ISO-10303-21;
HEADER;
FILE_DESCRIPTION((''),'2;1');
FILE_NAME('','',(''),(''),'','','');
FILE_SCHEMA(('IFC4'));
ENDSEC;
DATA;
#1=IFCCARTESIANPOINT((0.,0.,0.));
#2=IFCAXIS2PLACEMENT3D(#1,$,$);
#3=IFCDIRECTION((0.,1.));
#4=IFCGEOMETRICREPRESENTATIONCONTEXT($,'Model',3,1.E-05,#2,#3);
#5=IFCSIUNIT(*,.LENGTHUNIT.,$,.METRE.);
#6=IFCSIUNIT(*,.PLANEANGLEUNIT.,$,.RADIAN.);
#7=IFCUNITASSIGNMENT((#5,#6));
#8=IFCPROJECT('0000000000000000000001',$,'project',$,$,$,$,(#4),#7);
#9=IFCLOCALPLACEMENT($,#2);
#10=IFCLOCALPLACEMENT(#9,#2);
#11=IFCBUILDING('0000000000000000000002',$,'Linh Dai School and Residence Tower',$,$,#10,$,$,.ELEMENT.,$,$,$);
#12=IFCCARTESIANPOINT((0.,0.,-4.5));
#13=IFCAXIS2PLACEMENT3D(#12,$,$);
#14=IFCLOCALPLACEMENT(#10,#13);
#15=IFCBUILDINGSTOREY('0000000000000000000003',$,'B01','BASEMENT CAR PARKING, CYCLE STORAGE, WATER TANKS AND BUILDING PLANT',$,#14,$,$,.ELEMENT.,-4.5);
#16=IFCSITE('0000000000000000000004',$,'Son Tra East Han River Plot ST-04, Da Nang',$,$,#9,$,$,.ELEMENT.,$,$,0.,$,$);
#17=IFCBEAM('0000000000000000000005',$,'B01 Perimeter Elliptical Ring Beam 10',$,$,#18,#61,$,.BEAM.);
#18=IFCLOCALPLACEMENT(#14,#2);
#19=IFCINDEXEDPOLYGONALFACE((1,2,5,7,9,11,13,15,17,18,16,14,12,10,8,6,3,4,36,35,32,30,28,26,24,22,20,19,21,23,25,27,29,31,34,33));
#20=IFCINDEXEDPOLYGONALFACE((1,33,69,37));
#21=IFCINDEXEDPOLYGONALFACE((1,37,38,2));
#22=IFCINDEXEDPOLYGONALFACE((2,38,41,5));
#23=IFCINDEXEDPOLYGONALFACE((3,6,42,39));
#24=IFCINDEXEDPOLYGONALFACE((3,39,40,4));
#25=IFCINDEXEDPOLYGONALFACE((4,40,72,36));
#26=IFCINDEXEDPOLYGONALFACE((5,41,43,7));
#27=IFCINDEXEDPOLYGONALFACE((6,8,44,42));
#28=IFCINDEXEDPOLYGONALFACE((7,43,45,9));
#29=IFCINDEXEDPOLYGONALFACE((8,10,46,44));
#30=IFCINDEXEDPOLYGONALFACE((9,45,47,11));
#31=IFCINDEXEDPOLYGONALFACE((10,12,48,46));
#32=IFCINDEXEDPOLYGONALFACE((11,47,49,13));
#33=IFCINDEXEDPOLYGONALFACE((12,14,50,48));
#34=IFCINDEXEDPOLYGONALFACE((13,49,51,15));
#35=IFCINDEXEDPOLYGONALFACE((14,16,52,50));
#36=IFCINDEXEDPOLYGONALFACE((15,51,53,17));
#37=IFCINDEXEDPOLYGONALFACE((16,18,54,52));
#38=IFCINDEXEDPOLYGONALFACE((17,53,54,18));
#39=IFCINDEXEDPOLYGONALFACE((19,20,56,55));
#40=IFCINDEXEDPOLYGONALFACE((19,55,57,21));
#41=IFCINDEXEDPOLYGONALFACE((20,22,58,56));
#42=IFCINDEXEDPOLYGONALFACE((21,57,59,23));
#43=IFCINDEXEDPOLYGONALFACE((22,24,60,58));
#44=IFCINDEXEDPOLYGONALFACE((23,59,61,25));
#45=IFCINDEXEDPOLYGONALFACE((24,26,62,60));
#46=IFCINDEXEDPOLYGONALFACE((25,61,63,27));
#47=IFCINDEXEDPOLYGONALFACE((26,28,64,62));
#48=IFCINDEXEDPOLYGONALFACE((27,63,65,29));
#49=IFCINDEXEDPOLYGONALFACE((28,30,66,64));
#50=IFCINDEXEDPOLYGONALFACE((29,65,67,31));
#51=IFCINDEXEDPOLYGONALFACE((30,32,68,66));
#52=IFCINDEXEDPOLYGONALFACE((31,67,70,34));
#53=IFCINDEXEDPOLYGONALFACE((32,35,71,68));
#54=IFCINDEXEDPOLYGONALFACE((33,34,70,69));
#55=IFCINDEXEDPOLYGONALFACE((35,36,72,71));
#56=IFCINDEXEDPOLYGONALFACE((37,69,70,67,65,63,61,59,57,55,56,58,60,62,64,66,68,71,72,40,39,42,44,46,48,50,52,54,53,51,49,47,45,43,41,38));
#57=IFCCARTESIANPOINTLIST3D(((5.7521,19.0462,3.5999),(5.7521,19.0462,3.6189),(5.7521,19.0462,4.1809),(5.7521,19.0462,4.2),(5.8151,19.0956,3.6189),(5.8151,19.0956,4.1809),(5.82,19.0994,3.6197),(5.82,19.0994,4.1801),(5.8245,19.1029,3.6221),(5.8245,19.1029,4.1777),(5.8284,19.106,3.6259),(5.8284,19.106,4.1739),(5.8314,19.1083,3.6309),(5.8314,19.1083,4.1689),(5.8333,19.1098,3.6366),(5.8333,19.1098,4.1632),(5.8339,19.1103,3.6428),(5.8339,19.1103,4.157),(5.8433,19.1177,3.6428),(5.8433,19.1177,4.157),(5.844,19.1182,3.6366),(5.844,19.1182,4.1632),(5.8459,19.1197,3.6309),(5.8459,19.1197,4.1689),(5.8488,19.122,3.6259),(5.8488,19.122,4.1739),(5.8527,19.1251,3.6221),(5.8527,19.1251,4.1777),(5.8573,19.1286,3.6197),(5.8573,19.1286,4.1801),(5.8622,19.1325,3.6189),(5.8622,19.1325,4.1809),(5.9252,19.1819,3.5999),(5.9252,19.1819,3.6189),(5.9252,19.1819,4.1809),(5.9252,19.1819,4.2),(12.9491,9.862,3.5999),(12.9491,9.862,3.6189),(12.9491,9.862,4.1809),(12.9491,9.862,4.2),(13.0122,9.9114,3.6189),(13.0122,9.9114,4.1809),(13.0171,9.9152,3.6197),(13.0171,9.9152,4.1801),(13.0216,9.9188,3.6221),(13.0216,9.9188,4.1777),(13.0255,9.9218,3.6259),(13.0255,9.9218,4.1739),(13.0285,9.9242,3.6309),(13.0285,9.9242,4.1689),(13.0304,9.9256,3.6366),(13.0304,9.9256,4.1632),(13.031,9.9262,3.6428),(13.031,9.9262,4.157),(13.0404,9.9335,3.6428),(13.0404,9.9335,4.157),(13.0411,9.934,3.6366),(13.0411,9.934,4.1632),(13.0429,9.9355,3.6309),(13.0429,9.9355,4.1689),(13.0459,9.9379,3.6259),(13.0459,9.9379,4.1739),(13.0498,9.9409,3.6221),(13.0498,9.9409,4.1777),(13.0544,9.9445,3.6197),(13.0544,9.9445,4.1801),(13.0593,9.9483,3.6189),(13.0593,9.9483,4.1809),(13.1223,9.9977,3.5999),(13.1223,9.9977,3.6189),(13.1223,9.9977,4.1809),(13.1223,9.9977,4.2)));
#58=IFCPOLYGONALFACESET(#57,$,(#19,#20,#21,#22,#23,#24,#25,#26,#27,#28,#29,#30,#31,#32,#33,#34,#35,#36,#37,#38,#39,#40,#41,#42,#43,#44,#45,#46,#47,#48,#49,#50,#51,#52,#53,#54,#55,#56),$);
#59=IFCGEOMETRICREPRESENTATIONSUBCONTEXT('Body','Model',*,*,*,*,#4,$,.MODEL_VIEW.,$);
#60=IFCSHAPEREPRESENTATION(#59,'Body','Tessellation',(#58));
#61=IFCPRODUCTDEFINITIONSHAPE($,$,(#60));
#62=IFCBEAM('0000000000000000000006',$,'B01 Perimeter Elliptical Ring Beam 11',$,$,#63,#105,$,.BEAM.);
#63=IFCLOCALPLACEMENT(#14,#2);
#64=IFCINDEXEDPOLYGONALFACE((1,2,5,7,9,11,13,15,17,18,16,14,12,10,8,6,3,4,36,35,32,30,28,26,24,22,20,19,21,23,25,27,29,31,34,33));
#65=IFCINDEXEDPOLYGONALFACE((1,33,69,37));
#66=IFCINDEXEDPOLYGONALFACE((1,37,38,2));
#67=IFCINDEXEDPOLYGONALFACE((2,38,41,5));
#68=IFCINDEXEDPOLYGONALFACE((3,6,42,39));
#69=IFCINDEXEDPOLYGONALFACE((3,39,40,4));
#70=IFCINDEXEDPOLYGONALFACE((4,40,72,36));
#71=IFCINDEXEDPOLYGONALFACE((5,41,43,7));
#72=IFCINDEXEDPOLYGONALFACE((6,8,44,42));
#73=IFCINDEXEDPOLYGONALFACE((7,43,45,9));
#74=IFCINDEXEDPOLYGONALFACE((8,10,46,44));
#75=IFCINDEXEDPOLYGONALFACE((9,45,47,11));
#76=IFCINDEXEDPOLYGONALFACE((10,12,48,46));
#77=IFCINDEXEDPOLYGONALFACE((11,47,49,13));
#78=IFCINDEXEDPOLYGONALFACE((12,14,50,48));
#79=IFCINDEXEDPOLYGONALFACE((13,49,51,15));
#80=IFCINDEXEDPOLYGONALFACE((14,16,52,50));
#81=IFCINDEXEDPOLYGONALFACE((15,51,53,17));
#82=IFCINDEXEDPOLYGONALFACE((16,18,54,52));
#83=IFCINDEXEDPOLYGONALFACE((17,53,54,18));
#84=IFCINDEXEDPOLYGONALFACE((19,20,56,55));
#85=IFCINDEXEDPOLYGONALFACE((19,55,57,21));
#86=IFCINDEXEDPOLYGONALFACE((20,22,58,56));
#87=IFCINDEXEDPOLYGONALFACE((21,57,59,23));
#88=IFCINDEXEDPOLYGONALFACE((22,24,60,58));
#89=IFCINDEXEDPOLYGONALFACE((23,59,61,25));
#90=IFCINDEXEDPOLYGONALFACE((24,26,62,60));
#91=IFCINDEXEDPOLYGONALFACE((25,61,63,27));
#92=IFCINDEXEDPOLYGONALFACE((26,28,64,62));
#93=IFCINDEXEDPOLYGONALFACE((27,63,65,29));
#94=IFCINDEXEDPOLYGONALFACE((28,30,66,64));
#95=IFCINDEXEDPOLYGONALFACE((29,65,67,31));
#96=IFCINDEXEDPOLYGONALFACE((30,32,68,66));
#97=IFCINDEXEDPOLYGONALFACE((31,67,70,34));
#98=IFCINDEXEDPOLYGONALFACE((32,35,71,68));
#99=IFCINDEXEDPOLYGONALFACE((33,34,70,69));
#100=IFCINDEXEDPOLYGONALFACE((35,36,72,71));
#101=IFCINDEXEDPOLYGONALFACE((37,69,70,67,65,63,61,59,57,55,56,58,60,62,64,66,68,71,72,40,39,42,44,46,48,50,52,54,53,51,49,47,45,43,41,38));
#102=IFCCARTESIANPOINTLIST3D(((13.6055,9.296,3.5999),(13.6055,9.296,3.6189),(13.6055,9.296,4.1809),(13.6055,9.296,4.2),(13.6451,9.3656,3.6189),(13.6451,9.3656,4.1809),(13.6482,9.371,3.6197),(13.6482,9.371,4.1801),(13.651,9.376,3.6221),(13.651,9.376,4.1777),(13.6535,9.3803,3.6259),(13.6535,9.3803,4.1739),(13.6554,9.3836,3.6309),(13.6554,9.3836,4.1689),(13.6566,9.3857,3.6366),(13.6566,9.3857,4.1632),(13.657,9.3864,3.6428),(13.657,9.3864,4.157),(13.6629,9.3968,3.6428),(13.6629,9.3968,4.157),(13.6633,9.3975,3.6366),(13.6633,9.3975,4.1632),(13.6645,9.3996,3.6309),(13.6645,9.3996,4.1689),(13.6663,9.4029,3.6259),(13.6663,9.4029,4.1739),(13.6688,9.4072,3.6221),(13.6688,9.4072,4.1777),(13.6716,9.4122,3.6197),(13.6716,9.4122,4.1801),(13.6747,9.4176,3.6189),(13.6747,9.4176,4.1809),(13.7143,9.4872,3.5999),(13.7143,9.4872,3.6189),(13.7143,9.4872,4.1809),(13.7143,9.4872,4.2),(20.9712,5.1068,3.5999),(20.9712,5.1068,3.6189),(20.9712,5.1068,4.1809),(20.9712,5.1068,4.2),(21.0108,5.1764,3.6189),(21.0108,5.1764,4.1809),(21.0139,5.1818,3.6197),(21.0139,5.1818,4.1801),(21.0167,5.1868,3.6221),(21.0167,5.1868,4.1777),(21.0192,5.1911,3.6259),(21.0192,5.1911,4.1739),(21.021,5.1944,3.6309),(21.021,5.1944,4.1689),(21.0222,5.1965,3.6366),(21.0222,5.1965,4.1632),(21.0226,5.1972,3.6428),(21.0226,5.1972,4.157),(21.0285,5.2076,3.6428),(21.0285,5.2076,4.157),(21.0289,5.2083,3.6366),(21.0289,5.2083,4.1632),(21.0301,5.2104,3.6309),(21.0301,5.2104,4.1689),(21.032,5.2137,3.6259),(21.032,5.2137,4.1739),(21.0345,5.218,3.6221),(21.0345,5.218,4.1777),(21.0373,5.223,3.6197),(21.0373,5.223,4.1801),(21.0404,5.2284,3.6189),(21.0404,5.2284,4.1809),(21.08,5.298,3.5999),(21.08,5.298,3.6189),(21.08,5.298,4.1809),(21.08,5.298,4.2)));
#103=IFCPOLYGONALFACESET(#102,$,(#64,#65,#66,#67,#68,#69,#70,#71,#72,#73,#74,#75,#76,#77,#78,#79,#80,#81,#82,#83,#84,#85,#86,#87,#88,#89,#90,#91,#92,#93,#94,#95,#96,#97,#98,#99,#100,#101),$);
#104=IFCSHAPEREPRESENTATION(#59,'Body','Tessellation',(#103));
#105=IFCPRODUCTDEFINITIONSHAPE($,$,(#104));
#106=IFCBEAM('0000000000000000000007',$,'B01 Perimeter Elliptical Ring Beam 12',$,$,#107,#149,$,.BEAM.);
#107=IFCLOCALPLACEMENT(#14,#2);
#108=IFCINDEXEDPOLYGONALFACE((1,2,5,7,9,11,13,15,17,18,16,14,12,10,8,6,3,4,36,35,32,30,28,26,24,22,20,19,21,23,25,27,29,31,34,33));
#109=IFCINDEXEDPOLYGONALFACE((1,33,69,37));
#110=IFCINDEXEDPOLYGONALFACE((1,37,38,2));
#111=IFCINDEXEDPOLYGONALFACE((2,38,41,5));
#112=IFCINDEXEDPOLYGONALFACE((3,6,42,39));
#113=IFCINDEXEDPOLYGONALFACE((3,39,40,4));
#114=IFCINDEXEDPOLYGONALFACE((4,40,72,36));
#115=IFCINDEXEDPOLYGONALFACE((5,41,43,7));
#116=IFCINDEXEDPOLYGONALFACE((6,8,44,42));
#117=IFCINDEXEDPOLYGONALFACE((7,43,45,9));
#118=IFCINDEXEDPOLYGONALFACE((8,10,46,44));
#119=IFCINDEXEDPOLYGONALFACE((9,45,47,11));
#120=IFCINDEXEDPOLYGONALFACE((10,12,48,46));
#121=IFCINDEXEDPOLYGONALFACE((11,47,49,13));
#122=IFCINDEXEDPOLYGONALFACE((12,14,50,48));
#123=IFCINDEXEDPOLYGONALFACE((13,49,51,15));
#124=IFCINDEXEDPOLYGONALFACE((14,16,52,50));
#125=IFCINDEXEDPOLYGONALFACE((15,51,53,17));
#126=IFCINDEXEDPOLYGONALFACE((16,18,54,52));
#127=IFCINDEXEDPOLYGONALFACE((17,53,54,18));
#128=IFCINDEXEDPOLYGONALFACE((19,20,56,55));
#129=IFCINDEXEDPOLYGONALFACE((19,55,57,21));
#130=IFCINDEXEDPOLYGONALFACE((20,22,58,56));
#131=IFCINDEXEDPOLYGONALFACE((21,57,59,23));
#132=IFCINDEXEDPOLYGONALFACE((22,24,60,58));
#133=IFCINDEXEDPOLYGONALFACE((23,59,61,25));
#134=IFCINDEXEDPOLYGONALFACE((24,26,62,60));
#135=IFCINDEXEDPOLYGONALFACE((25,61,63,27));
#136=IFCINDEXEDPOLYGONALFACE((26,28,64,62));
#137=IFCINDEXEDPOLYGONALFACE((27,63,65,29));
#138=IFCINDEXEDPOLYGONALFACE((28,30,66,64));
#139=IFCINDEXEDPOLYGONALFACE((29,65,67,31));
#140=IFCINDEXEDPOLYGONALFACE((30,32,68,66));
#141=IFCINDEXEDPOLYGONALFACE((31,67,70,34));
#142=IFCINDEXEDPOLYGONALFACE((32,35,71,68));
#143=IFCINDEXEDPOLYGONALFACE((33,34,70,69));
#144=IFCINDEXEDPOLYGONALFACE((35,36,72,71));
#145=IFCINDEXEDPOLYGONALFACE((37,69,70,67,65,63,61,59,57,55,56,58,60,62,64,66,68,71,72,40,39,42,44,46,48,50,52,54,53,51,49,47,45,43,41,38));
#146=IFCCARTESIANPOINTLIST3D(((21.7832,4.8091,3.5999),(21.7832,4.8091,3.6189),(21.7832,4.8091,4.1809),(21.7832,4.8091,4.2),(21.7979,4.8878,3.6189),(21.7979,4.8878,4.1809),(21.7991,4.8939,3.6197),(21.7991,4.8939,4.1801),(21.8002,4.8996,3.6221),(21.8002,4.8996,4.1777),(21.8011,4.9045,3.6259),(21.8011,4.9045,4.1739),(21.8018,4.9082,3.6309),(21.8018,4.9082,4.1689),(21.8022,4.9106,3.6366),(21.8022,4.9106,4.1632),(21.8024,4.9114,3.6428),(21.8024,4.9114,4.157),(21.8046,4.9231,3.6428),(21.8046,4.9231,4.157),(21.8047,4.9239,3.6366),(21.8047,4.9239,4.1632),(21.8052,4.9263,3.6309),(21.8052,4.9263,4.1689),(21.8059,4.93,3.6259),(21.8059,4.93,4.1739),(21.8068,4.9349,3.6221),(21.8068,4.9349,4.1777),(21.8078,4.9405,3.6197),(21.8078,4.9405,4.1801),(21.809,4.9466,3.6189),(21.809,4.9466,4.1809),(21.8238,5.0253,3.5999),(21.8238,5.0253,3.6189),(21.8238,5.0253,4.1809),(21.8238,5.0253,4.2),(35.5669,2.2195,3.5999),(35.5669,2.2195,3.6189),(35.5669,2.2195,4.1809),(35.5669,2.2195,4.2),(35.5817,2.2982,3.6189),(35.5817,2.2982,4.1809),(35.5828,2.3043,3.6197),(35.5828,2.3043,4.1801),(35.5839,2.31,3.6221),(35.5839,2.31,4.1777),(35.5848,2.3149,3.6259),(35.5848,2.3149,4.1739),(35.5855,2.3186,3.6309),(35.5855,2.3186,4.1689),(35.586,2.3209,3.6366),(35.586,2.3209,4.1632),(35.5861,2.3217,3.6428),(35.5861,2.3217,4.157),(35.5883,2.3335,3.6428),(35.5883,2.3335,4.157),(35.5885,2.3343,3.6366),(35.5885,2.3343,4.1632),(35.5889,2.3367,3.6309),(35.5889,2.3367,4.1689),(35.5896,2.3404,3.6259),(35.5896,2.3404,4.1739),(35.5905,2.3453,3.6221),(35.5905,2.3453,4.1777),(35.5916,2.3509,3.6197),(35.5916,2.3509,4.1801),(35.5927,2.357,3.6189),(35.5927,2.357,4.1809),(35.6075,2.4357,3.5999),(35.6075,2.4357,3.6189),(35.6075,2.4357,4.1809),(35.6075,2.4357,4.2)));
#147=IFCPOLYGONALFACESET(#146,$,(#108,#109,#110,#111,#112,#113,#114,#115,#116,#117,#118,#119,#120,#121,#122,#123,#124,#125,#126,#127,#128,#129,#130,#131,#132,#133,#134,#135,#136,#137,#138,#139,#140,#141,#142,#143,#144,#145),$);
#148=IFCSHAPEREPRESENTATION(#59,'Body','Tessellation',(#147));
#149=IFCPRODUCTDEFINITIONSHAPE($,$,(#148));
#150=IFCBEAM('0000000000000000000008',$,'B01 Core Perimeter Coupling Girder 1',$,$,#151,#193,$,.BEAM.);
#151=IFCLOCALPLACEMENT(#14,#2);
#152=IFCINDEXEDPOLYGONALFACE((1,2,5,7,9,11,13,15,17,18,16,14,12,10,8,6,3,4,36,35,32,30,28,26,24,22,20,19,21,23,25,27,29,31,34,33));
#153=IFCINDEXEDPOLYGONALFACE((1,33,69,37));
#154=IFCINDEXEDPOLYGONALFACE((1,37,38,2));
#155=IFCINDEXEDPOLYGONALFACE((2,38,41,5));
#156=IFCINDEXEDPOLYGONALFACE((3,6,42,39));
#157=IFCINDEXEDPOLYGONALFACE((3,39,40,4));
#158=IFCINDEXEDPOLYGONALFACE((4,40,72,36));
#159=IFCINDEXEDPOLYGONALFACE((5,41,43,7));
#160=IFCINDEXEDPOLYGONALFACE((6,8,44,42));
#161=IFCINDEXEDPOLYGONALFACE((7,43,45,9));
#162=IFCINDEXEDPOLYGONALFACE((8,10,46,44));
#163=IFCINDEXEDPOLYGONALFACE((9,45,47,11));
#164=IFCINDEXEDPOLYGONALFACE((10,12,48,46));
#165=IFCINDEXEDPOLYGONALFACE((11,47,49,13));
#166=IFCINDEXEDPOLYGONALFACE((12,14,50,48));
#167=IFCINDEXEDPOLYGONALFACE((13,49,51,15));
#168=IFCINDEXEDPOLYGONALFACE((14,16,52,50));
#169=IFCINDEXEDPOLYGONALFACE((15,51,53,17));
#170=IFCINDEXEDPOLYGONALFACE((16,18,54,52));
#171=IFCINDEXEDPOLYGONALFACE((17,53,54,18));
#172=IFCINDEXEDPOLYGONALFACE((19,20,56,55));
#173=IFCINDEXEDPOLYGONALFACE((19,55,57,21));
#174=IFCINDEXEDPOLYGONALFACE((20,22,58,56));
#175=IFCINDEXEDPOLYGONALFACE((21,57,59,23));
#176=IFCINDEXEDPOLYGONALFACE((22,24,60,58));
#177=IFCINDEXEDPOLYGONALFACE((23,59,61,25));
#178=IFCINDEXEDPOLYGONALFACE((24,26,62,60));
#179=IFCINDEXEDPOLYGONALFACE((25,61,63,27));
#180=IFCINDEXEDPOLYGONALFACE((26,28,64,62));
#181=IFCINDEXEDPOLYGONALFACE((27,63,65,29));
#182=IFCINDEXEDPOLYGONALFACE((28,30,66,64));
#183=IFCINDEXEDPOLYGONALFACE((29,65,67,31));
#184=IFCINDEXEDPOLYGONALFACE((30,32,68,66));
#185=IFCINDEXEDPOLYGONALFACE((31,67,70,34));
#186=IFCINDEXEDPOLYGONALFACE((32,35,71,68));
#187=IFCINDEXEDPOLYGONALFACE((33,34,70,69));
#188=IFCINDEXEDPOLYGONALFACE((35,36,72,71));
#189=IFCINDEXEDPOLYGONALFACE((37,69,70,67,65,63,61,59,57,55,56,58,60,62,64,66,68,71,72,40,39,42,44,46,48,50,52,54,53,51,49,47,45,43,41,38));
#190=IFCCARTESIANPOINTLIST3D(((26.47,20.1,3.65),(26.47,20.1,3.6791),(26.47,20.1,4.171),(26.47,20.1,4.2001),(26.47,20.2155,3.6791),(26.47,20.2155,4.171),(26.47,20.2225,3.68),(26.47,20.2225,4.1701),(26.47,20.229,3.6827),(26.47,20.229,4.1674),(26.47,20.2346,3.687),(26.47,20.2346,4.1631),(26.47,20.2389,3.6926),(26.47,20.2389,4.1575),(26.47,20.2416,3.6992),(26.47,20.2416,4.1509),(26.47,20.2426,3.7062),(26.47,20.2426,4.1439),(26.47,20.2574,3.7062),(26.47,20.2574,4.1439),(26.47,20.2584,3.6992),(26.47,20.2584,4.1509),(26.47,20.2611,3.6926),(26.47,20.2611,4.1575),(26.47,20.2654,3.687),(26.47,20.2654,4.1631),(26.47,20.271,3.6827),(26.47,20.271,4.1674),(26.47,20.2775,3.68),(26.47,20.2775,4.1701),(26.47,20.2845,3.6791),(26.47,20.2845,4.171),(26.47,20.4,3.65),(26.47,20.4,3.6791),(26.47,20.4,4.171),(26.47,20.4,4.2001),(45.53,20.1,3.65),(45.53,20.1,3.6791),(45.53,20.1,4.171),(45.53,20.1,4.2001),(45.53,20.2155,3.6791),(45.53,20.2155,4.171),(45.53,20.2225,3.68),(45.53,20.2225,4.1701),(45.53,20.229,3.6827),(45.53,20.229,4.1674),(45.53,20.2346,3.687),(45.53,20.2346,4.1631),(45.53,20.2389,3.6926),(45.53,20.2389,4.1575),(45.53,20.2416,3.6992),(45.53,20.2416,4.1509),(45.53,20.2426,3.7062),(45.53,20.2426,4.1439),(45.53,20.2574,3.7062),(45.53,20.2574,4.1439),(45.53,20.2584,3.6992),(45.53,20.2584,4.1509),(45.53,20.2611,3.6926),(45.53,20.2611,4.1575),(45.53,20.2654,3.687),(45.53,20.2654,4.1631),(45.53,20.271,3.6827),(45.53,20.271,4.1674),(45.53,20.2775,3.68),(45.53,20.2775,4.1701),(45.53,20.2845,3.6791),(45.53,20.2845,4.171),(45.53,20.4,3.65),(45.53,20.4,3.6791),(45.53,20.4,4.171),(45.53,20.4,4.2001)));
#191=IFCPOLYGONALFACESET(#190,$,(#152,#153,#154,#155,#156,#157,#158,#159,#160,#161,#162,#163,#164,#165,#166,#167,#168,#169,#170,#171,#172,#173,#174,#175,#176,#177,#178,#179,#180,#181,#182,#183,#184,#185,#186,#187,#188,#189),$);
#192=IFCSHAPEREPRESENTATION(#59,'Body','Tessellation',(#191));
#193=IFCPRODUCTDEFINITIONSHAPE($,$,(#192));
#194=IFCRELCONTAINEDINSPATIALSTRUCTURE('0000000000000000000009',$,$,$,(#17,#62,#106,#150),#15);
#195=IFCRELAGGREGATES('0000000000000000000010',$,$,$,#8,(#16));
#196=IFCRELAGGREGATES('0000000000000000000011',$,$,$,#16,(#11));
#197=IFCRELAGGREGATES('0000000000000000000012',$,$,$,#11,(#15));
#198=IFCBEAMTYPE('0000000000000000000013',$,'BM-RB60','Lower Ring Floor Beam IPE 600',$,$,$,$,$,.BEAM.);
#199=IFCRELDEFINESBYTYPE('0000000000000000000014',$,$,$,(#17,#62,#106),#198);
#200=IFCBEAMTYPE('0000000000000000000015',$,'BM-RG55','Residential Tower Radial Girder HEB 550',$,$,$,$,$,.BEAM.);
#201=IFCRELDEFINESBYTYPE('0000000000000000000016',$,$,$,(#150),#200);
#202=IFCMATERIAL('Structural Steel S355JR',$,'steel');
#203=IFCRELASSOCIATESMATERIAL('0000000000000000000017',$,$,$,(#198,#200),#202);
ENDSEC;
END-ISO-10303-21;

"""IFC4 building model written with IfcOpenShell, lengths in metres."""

from ifc_helpers import new_model, si_unit, direction, frame, origin, origin_2d, place, context, subcontext, project, spatial, i_section, extrude, material, material_profile, profile_set, type_object, element, save


model = new_model("IFC4")

# Units and contexts
model_context = context("Model", 3, precision=1e-05, world=origin(), true_north=direction((0.0, 1.0)))
body_context = subcontext(model_context, "Body", "Model", "MODEL_VIEW")
ifc_project = project(units=[si_unit("LENGTHUNIT", "METRE"), si_unit("PLANEANGLEUNIT", "RADIAN")], contexts=[model_context])

# Site, building, storey
site_placement = place(None, origin())
site = spatial("IfcSite", under=ifc_project, at=site_placement, Name="Son Tra East Han River Plot ST-04, Da Nang", CompositionType="ELEMENT", RefElevation=0.0)
building_placement = place(site_placement, origin())
building = spatial("IfcBuilding", under=site, at=building_placement, Name="Linh Dai School and Residence Tower", CompositionType="ELEMENT")
storey_placement = place(building_placement, frame((0.0, 0.0, -4.5)))
storey = spatial("IfcBuildingStorey", under=building, at=storey_placement, Name="B01", Description="BASEMENT CAR PARKING, CYCLE STORAGE, WATER TANKS AND BUILDING PLANT", CompositionType="ELEMENT", Elevation=-4.5)

# Shared definitions
ifc_material_1 = material(Name="Structural Steel S355JR", Category="steel")

# Beams
ifc_material_profile_1 = material_profile(ifc_material_1, i_section(OverallWidth=0.22, OverallDepth=0.6001, WebThickness=0.012, FlangeThickness=0.019, FilletRadius=0.0239, at=origin_2d()), Name="IPE 600")
ifc_profile_set_1 = profile_set([ifc_material_profile_1], Name="Structural Steel S355JR")
beam_type_1 = type_object("IfcBeamType", Name="BM-RB60", Description="Lower Ring Floor Beam IPE 600", PredefinedType="BEAM", material=ifc_profile_set_1)
beam_1_placement = place(storey_placement, frame((5.8386, 19.114, 3.8999), z_axis=(0.616812, -0.787111, 0.0), x_axis=(0.787111, 0.616812, 0.0)))
element("IfcBeam", 1, at=beam_1_placement, inside=storey, type_object=beam_type_1, Name="B01 Perimeter Elliptical Ring Beam 10", PredefinedType="BEAM", context=body_context, shape_type="SweptSolid", body=[
    extrude(i_section(OverallWidth=0.22, OverallDepth=0.6001, WebThickness=0.012, FlangeThickness=0.019, FilletRadius=0.0239, at=origin_2d()), origin(), (0.0, 0.0, 1.0), 11.6682),
])
beam_2_placement = place(storey_placement, frame((13.6599, 9.3916, 3.8999), z_axis=(0.869247, -0.494379, 0.0), x_axis=(0.494379, 0.869247, 0.0)))
element("IfcBeam", 2, at=beam_2_placement, inside=storey, type_object=beam_type_1, Name="B01 Perimeter Elliptical Ring Beam 11", PredefinedType="BEAM", context=body_context, shape_type="SweptSolid", body=[
    extrude(i_section(OverallWidth=0.22, OverallDepth=0.6001, WebThickness=0.012, FlangeThickness=0.019, FilletRadius=0.0239, at=origin_2d()), origin(), (0.0, 0.0, 1.0), 8.4736),
])
beam_3_placement = place(storey_placement, frame((21.8035, 4.9172, 3.8999), z_axis=(0.982806, -0.184644, 0.0), x_axis=(0.184644, 0.982806, 0.0)))
element("IfcBeam", 3, at=beam_3_placement, inside=storey, type_object=beam_type_1, Name="B01 Perimeter Elliptical Ring Beam 12", PredefinedType="BEAM", context=body_context, shape_type="SweptSolid", body=[
    extrude(i_section(OverallWidth=0.22, OverallDepth=0.6001, WebThickness=0.012, FlangeThickness=0.019, FilletRadius=0.0239, at=origin_2d()), origin(), (0.0, 0.0, 1.0), 14.0249),
])
ifc_material_profile_2 = material_profile(ifc_material_1, i_section(OverallWidth=0.3, OverallDepth=0.55, WebThickness=0.0149, FlangeThickness=0.0291, FilletRadius=0.0271, at=origin_2d()), Name="HEB 550")
ifc_profile_set_2 = profile_set([ifc_material_profile_2], Name="Structural Steel S355JR")
beam_type_2 = type_object("IfcBeamType", Name="BM-RG55", Description="Residential Tower Radial Girder HEB 550", PredefinedType="BEAM", material=ifc_profile_set_2)
beam_4_placement = place(storey_placement, frame((26.47, 20.25, 3.925), z_axis=(1.0, 0.0, 0.0), x_axis=(0.0, 1.0, 0.0)))
element("IfcBeam", 4, at=beam_4_placement, inside=storey, type_object=beam_type_2, Name="B01 Core Perimeter Coupling Girder 1", PredefinedType="BEAM", context=body_context, shape_type="SweptSolid", body=[
    extrude(i_section(OverallWidth=0.3, OverallDepth=0.55, WebThickness=0.0149, FlangeThickness=0.0291, FilletRadius=0.0271, at=origin_2d()), origin(), (0.0, 0.0, 1.0), 19.0601),
])

save(model, "model.ifc")
